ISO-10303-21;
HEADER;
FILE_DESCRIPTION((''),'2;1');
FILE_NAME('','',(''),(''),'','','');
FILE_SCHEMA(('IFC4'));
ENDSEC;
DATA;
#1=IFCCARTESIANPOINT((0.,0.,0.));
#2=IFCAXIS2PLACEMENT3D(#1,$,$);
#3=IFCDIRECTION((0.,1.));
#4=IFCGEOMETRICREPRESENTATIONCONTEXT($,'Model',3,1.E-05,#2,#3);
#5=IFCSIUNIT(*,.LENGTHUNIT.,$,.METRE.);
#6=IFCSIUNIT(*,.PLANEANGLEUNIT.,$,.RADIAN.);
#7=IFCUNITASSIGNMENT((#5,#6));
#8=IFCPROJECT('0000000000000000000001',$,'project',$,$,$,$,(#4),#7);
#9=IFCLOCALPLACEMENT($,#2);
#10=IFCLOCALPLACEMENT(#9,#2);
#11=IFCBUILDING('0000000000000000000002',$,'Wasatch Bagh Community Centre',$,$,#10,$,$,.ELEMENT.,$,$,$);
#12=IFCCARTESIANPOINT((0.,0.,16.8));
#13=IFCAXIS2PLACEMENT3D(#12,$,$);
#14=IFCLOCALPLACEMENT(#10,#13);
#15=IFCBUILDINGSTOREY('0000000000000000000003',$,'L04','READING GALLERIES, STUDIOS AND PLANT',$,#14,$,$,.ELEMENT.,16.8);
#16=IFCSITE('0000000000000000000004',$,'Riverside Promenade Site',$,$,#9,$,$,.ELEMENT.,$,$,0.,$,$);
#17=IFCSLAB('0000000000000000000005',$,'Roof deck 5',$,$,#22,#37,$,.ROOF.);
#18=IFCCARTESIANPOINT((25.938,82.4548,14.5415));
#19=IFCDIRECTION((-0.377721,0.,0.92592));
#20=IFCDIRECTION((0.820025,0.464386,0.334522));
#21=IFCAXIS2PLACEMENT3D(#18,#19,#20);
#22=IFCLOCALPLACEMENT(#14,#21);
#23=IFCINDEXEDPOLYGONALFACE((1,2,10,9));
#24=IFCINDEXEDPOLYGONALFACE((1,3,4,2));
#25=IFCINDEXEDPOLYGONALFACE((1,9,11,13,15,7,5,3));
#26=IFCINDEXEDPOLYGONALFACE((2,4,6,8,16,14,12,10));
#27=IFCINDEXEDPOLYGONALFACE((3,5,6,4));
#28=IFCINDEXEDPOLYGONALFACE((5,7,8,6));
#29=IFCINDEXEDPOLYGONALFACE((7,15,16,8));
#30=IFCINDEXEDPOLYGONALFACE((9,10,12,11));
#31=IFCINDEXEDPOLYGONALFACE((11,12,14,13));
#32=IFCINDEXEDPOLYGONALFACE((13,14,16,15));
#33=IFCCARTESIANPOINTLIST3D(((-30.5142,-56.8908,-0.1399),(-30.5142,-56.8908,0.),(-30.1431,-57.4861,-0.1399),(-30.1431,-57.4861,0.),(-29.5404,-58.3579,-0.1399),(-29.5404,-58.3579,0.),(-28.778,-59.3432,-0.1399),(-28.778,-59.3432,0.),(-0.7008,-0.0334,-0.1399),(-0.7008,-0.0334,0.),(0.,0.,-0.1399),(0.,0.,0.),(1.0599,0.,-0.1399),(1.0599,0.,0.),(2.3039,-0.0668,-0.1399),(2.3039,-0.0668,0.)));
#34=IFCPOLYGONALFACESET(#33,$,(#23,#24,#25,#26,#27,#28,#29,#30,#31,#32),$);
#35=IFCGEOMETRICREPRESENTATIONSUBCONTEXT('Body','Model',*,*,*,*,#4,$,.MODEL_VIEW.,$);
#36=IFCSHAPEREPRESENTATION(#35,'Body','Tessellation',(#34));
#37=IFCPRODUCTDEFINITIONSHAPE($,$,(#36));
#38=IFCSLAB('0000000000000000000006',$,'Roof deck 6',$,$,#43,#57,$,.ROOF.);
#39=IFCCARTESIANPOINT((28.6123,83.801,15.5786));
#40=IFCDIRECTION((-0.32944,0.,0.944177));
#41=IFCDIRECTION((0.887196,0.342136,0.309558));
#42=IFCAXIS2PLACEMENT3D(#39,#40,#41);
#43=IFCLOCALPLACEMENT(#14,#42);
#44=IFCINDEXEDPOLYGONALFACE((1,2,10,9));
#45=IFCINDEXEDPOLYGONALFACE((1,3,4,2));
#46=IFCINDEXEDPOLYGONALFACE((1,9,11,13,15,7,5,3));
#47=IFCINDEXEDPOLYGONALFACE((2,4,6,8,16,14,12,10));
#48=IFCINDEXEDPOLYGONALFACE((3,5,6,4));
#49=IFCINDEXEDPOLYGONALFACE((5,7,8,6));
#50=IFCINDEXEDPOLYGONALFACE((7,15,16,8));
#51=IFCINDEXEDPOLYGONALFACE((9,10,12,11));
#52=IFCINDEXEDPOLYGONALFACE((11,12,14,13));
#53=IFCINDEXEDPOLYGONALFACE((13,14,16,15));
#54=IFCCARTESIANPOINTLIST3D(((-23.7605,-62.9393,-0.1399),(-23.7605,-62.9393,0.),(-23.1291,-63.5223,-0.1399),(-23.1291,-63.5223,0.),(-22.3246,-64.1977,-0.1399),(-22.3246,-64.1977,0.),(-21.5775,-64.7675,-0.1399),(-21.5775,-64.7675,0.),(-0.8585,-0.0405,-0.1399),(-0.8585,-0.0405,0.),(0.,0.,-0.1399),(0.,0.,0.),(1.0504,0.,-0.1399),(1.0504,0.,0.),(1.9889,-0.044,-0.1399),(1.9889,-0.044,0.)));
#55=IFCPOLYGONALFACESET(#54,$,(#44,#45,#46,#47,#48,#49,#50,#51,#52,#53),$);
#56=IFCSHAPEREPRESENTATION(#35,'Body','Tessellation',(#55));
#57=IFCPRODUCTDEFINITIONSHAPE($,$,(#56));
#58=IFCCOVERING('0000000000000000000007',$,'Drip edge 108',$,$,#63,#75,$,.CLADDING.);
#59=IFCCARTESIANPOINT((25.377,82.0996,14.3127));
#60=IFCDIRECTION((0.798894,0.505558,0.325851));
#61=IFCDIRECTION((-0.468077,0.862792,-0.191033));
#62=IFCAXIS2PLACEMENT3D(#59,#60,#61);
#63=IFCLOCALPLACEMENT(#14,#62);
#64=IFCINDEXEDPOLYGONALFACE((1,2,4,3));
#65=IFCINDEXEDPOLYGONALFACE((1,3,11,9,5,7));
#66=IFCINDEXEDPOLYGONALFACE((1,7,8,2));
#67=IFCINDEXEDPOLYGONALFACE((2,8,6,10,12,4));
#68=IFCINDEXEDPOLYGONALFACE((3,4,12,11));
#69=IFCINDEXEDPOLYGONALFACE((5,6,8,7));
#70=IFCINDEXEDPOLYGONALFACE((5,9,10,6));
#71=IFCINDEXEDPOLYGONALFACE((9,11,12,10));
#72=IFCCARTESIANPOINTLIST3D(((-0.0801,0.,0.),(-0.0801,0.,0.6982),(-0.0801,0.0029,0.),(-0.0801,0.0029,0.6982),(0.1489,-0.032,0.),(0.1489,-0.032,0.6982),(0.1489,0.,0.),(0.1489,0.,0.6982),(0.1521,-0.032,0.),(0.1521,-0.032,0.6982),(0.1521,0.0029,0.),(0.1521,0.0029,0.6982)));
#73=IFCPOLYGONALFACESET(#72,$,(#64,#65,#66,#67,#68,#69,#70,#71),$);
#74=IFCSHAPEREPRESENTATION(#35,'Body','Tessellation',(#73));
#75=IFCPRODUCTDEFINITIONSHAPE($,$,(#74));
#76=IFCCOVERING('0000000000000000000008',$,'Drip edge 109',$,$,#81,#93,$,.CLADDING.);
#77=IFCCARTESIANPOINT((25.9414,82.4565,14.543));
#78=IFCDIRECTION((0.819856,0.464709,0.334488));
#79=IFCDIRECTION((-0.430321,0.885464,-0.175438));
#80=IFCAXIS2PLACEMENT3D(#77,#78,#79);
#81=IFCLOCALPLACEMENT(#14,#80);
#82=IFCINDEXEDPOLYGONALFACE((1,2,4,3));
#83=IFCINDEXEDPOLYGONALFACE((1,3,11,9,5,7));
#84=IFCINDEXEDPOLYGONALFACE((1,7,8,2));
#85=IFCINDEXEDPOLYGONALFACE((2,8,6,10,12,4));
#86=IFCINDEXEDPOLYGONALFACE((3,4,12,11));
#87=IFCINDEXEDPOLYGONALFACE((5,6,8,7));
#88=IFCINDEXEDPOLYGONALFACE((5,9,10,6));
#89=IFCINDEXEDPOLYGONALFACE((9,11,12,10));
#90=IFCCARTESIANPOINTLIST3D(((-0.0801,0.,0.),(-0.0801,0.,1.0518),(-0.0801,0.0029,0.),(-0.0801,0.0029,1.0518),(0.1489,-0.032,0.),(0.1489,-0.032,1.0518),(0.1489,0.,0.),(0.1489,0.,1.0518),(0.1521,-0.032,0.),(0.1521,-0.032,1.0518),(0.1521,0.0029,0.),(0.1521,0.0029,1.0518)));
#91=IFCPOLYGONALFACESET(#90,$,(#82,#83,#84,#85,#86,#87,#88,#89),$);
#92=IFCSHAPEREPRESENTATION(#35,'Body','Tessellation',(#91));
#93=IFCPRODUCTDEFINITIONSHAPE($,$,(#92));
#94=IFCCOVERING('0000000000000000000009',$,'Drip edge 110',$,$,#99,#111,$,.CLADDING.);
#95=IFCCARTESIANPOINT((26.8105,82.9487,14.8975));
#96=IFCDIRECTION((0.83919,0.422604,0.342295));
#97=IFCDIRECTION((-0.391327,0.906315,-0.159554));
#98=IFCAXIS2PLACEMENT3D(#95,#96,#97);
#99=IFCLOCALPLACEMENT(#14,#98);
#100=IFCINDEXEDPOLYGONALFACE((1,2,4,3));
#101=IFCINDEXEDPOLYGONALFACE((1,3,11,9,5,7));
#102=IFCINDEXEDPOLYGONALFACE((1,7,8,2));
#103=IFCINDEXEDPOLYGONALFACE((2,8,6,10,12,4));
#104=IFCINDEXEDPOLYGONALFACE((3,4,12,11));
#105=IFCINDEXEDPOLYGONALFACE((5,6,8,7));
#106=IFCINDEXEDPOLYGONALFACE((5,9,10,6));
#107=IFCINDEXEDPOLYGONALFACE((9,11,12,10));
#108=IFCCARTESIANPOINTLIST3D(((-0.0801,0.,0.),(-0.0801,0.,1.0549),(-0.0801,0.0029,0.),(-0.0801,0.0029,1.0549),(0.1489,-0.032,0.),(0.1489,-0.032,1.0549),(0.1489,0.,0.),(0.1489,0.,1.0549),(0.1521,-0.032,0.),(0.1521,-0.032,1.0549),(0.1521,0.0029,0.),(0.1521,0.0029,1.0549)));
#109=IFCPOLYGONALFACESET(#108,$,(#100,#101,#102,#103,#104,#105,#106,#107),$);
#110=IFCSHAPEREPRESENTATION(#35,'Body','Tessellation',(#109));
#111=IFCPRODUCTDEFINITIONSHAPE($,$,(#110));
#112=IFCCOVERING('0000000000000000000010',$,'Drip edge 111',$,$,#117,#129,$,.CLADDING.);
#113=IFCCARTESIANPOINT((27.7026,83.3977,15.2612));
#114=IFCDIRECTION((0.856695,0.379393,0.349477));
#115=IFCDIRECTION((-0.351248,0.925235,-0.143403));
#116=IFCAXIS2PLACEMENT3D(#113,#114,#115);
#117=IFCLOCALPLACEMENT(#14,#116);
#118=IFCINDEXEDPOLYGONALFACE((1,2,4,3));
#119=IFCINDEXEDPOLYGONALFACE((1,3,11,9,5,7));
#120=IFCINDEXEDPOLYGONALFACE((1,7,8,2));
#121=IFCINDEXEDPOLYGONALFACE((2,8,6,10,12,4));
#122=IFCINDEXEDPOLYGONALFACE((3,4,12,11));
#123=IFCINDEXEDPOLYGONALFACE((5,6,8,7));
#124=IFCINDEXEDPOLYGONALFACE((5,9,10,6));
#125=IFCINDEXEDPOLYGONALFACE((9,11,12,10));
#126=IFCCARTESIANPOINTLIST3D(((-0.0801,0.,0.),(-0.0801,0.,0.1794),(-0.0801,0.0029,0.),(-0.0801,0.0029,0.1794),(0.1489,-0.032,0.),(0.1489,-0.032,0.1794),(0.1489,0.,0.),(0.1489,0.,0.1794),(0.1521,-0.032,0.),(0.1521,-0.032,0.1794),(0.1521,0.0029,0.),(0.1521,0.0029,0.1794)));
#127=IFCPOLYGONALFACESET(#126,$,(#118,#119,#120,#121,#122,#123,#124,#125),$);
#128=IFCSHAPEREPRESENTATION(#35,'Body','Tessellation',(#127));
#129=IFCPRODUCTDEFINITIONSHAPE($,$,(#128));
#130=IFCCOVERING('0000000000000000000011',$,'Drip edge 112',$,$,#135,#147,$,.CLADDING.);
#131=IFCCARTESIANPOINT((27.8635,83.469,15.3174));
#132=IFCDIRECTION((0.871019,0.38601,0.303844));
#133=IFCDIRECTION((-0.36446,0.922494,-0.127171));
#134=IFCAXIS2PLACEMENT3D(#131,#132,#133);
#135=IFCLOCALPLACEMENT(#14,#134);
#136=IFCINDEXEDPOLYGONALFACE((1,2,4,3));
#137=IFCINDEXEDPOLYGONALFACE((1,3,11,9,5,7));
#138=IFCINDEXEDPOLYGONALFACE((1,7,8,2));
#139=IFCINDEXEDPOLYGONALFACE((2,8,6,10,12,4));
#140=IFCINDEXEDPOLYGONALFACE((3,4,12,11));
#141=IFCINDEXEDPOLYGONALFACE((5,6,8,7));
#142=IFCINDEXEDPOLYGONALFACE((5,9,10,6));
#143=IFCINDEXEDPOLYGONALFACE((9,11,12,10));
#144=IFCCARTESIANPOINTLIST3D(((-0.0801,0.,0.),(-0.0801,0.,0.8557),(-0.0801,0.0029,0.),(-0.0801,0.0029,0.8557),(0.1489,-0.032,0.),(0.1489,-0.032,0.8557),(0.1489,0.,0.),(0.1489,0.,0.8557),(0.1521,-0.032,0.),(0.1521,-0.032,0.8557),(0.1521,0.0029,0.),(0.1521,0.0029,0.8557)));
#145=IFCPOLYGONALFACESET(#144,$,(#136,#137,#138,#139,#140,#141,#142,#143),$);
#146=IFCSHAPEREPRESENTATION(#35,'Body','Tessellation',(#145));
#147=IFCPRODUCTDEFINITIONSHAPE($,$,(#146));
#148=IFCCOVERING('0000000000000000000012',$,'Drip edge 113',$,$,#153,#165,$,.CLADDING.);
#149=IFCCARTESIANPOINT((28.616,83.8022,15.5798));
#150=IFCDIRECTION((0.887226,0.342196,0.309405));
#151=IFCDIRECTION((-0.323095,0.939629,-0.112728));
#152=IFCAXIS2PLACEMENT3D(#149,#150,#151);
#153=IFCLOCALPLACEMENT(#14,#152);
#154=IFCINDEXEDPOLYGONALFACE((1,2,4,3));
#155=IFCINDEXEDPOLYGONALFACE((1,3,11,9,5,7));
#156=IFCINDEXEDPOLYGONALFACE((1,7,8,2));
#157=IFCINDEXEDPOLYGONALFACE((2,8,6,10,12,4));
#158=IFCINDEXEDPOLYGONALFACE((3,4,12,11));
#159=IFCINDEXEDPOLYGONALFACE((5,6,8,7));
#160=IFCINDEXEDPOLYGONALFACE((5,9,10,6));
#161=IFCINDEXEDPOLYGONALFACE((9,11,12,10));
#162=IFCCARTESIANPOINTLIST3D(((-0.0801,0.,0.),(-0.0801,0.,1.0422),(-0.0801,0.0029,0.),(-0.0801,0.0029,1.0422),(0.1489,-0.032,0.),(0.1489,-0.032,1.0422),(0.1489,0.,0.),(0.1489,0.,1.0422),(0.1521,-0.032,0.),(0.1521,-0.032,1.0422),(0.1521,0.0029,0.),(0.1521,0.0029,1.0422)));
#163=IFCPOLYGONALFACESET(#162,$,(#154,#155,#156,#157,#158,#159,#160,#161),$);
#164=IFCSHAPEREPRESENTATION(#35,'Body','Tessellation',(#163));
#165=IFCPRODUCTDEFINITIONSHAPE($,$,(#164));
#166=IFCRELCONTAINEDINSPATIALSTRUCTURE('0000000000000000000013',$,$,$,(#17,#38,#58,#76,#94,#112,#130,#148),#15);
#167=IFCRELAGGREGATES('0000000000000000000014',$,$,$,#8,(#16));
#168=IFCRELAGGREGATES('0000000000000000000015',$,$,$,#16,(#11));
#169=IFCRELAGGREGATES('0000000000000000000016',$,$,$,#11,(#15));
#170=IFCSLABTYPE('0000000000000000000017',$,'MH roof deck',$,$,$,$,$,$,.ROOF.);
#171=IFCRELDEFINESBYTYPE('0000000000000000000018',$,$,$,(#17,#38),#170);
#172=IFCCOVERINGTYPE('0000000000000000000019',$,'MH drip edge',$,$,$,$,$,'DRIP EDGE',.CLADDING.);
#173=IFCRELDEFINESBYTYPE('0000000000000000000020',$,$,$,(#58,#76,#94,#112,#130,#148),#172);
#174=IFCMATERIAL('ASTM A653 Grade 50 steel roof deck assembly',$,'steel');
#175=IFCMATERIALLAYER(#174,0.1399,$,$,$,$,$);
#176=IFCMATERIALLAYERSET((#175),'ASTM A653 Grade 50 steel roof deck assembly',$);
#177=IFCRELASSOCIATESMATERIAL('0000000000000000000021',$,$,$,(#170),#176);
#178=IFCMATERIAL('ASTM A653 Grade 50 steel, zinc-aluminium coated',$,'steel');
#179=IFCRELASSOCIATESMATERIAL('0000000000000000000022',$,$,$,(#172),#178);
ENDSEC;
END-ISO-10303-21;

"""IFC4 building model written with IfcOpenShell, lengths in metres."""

from ifc_helpers import new_model, si_unit, direction, frame, origin, place, context, subcontext, project, spatial, polyline, outline, extrude, material, layer, layer_set, material_profile, profile_set, type_object, element, save


model = new_model("IFC4")

# Units and contexts
model_context = context("Model", 3, precision=1e-05, world=origin(), true_north=direction((0.0, 1.0)))
body_context = subcontext(model_context, "Body", "Model", "MODEL_VIEW")
ifc_project = project(units=[si_unit("LENGTHUNIT", "METRE"), si_unit("PLANEANGLEUNIT", "RADIAN")], contexts=[model_context])

# Site, building, storey
site_placement = place(None, origin())
site = spatial("IfcSite", under=ifc_project, at=site_placement, Name="Riverside Promenade Site", CompositionType="ELEMENT", RefElevation=0.0)
building_placement = place(site_placement, origin())
building = spatial("IfcBuilding", under=site, at=building_placement, Name="Wasatch Bagh Community Centre", CompositionType="ELEMENT")
storey_placement = place(building_placement, frame((0.0, 0.0, 16.8)))
storey = spatial("IfcBuildingStorey", under=building, at=storey_placement, Name="L04", Description="READING GALLERIES, STUDIOS AND PLANT", CompositionType="ELEMENT", Elevation=16.8)

# Slabs
ifc_material_1 = material(Name="ASTM A653 Grade 50 steel roof deck assembly", Category="steel")
ifc_layer_1 = layer(ifc_material_1, 0.1399)
ifc_layer_set_1 = layer_set([ifc_layer_1], Name="ASTM A653 Grade 50 steel roof deck assembly")
slab_type = type_object("IfcSlabType", Name="MH roof deck", PredefinedType="ROOF", material=ifc_layer_set_1)
slab_1_placement = place(storey_placement, frame((25.938, 82.4548, 14.5415), z_axis=(-0.377721, 0.0, 0.92592), x_axis=(0.820025, 0.464386, 0.334522)))
element("IfcSlab", 1, at=slab_1_placement, inside=storey, type_object=slab_type, Name="Roof deck 5", PredefinedType="ROOF", context=body_context, shape_type="SweptSolid", body=[
    extrude(outline(polyline([(0.0, 0.0), (1.0599, 0.0), (2.3039, -0.0668), (-28.778, -59.3432), (-29.5404, -58.3579), (-30.1431, -57.4861), (-30.5142, -56.8908), (-0.7008, -0.0334), (0.0, 0.0)])), origin(), (0.0, 0.0, -1.0), 0.1399),
])
slab_2_placement = place(storey_placement, frame((28.6123, 83.801, 15.5786), z_axis=(-0.32944, 0.0, 0.944177), x_axis=(0.887196, 0.342136, 0.309558)))
element("IfcSlab", 2, at=slab_2_placement, inside=storey, type_object=slab_type, Name="Roof deck 6", PredefinedType="ROOF", context=body_context, shape_type="SweptSolid", body=[
    extrude(outline(polyline([(0.0, 0.0), (1.0504, 0.0), (1.9889, -0.044), (-21.5775, -64.7675), (-22.3246, -64.1977), (-23.1291, -63.5223), (-23.7605, -62.9393), (-0.8585, -0.0405), (0.0, 0.0)])), origin(), (0.0, 0.0, -1.0), 0.1399),
])

# Coverings
ifc_material_2 = material(Name="ASTM A653 Grade 50 steel, zinc-aluminium coated", Category="steel")
ifc_material_profile_1 = material_profile(ifc_material_2, outline(polyline([(-0.0801, 0.0029), (0.1521, 0.0029), (0.1521, -0.032), (0.1489, -0.032), (0.1489, 0.0), (-0.0801, 0.0), (-0.0801, 0.0029)])), Name="DRIP EDGE")
ifc_profile_set_1 = profile_set([ifc_material_profile_1], Name="ASTM A653 Grade 50 steel, zinc-aluminium coated")
covering_type_1 = type_object("IfcCoveringType", Name="MH drip edge", ElementType="DRIP EDGE", PredefinedType="CLADDING", material=ifc_profile_set_1)
covering_1_placement = place(storey_placement, frame((25.377, 82.0996, 14.3127), z_axis=(0.798894, 0.505558, 0.325851), x_axis=(-0.468077, 0.862792, -0.191033)))
element("IfcCovering", 3, at=covering_1_placement, inside=storey, type_object=covering_type_1, Name="Drip edge 108", PredefinedType="CLADDING", context=body_context, shape_type="SweptSolid", body=[
    extrude(outline(polyline([(-0.0801, 0.0029), (0.1521, 0.0029), (0.1521, -0.032), (0.1489, -0.032), (0.1489, 0.0), (-0.0801, 0.0), (-0.0801, 0.0029)])), origin(), (0.0, 0.0, 1.0), 0.6982),
])
covering_2_placement = place(storey_placement, frame((25.9414, 82.4565, 14.543), z_axis=(0.819856, 0.464709, 0.334488), x_axis=(-0.430321, 0.885464, -0.175438)))
element("IfcCovering", 4, at=covering_2_placement, inside=storey, type_object=covering_type_1, Name="Drip edge 109", PredefinedType="CLADDING", context=body_context, shape_type="SweptSolid", body=[
    extrude(outline(polyline([(-0.0801, 0.0029), (0.1521, 0.0029), (0.1521, -0.032), (0.1489, -0.032), (0.1489, 0.0), (-0.0801, 0.0), (-0.0801, 0.0029)])), origin(), (0.0, 0.0, 1.0), 1.0518),
])
covering_3_placement = place(storey_placement, frame((26.8105, 82.9487, 14.8975), z_axis=(0.83919, 0.422604, 0.342295), x_axis=(-0.391327, 0.906315, -0.159554)))
element("IfcCovering", 5, at=covering_3_placement, inside=storey, type_object=covering_type_1, Name="Drip edge 110", PredefinedType="CLADDING", context=body_context, shape_type="SweptSolid", body=[
    extrude(outline(polyline([(-0.0801, 0.0029), (0.1521, 0.0029), (0.1521, -0.032), (0.1489, -0.032), (0.1489, 0.0), (-0.0801, 0.0), (-0.0801, 0.0029)])), origin(), (0.0, 0.0, 1.0), 1.0549),
])
covering_4_placement = place(storey_placement, frame((27.7026, 83.3977, 15.2612), z_axis=(0.856695, 0.379393, 0.349477), x_axis=(-0.351248, 0.925235, -0.143403)))
element("IfcCovering", 6, at=covering_4_placement, inside=storey, type_object=covering_type_1, Name="Drip edge 111", PredefinedType="CLADDING", context=body_context, shape_type="SweptSolid", body=[
    extrude(outline(polyline([(-0.0801, 0.0029), (0.1521, 0.0029), (0.1521, -0.032), (0.1489, -0.032), (0.1489, 0.0), (-0.0801, 0.0), (-0.0801, 0.0029)])), origin(), (0.0, 0.0, 1.0), 0.1794),
])
covering_5_placement = place(storey_placement, frame((27.8635, 83.469, 15.3174), z_axis=(0.871019, 0.38601, 0.303844), x_axis=(-0.36446, 0.922494, -0.127171)))
element("IfcCovering", 7, at=covering_5_placement, inside=storey, type_object=covering_type_1, Name="Drip edge 112", PredefinedType="CLADDING", context=body_context, shape_type="SweptSolid", body=[
    extrude(outline(polyline([(-0.0801, 0.0029), (0.1521, 0.0029), (0.1521, -0.032), (0.1489, -0.032), (0.1489, 0.0), (-0.0801, 0.0), (-0.0801, 0.0029)])), origin(), (0.0, 0.0, 1.0), 0.8557),
])
covering_6_placement = place(storey_placement, frame((28.616, 83.8022, 15.5798), z_axis=(0.887226, 0.342196, 0.309405), x_axis=(-0.323095, 0.939629, -0.112728)))
element("IfcCovering", 8, at=covering_6_placement, inside=storey, type_object=covering_type_1, Name="Drip edge 113", PredefinedType="CLADDING", context=body_context, shape_type="SweptSolid", body=[
    extrude(outline(polyline([(-0.0801, 0.0029), (0.1521, 0.0029), (0.1521, -0.032), (0.1489, -0.032), (0.1489, 0.0), (-0.0801, 0.0), (-0.0801, 0.0029)])), origin(), (0.0, 0.0, 1.0), 1.0422),
])

save(model, "model.ifc")
